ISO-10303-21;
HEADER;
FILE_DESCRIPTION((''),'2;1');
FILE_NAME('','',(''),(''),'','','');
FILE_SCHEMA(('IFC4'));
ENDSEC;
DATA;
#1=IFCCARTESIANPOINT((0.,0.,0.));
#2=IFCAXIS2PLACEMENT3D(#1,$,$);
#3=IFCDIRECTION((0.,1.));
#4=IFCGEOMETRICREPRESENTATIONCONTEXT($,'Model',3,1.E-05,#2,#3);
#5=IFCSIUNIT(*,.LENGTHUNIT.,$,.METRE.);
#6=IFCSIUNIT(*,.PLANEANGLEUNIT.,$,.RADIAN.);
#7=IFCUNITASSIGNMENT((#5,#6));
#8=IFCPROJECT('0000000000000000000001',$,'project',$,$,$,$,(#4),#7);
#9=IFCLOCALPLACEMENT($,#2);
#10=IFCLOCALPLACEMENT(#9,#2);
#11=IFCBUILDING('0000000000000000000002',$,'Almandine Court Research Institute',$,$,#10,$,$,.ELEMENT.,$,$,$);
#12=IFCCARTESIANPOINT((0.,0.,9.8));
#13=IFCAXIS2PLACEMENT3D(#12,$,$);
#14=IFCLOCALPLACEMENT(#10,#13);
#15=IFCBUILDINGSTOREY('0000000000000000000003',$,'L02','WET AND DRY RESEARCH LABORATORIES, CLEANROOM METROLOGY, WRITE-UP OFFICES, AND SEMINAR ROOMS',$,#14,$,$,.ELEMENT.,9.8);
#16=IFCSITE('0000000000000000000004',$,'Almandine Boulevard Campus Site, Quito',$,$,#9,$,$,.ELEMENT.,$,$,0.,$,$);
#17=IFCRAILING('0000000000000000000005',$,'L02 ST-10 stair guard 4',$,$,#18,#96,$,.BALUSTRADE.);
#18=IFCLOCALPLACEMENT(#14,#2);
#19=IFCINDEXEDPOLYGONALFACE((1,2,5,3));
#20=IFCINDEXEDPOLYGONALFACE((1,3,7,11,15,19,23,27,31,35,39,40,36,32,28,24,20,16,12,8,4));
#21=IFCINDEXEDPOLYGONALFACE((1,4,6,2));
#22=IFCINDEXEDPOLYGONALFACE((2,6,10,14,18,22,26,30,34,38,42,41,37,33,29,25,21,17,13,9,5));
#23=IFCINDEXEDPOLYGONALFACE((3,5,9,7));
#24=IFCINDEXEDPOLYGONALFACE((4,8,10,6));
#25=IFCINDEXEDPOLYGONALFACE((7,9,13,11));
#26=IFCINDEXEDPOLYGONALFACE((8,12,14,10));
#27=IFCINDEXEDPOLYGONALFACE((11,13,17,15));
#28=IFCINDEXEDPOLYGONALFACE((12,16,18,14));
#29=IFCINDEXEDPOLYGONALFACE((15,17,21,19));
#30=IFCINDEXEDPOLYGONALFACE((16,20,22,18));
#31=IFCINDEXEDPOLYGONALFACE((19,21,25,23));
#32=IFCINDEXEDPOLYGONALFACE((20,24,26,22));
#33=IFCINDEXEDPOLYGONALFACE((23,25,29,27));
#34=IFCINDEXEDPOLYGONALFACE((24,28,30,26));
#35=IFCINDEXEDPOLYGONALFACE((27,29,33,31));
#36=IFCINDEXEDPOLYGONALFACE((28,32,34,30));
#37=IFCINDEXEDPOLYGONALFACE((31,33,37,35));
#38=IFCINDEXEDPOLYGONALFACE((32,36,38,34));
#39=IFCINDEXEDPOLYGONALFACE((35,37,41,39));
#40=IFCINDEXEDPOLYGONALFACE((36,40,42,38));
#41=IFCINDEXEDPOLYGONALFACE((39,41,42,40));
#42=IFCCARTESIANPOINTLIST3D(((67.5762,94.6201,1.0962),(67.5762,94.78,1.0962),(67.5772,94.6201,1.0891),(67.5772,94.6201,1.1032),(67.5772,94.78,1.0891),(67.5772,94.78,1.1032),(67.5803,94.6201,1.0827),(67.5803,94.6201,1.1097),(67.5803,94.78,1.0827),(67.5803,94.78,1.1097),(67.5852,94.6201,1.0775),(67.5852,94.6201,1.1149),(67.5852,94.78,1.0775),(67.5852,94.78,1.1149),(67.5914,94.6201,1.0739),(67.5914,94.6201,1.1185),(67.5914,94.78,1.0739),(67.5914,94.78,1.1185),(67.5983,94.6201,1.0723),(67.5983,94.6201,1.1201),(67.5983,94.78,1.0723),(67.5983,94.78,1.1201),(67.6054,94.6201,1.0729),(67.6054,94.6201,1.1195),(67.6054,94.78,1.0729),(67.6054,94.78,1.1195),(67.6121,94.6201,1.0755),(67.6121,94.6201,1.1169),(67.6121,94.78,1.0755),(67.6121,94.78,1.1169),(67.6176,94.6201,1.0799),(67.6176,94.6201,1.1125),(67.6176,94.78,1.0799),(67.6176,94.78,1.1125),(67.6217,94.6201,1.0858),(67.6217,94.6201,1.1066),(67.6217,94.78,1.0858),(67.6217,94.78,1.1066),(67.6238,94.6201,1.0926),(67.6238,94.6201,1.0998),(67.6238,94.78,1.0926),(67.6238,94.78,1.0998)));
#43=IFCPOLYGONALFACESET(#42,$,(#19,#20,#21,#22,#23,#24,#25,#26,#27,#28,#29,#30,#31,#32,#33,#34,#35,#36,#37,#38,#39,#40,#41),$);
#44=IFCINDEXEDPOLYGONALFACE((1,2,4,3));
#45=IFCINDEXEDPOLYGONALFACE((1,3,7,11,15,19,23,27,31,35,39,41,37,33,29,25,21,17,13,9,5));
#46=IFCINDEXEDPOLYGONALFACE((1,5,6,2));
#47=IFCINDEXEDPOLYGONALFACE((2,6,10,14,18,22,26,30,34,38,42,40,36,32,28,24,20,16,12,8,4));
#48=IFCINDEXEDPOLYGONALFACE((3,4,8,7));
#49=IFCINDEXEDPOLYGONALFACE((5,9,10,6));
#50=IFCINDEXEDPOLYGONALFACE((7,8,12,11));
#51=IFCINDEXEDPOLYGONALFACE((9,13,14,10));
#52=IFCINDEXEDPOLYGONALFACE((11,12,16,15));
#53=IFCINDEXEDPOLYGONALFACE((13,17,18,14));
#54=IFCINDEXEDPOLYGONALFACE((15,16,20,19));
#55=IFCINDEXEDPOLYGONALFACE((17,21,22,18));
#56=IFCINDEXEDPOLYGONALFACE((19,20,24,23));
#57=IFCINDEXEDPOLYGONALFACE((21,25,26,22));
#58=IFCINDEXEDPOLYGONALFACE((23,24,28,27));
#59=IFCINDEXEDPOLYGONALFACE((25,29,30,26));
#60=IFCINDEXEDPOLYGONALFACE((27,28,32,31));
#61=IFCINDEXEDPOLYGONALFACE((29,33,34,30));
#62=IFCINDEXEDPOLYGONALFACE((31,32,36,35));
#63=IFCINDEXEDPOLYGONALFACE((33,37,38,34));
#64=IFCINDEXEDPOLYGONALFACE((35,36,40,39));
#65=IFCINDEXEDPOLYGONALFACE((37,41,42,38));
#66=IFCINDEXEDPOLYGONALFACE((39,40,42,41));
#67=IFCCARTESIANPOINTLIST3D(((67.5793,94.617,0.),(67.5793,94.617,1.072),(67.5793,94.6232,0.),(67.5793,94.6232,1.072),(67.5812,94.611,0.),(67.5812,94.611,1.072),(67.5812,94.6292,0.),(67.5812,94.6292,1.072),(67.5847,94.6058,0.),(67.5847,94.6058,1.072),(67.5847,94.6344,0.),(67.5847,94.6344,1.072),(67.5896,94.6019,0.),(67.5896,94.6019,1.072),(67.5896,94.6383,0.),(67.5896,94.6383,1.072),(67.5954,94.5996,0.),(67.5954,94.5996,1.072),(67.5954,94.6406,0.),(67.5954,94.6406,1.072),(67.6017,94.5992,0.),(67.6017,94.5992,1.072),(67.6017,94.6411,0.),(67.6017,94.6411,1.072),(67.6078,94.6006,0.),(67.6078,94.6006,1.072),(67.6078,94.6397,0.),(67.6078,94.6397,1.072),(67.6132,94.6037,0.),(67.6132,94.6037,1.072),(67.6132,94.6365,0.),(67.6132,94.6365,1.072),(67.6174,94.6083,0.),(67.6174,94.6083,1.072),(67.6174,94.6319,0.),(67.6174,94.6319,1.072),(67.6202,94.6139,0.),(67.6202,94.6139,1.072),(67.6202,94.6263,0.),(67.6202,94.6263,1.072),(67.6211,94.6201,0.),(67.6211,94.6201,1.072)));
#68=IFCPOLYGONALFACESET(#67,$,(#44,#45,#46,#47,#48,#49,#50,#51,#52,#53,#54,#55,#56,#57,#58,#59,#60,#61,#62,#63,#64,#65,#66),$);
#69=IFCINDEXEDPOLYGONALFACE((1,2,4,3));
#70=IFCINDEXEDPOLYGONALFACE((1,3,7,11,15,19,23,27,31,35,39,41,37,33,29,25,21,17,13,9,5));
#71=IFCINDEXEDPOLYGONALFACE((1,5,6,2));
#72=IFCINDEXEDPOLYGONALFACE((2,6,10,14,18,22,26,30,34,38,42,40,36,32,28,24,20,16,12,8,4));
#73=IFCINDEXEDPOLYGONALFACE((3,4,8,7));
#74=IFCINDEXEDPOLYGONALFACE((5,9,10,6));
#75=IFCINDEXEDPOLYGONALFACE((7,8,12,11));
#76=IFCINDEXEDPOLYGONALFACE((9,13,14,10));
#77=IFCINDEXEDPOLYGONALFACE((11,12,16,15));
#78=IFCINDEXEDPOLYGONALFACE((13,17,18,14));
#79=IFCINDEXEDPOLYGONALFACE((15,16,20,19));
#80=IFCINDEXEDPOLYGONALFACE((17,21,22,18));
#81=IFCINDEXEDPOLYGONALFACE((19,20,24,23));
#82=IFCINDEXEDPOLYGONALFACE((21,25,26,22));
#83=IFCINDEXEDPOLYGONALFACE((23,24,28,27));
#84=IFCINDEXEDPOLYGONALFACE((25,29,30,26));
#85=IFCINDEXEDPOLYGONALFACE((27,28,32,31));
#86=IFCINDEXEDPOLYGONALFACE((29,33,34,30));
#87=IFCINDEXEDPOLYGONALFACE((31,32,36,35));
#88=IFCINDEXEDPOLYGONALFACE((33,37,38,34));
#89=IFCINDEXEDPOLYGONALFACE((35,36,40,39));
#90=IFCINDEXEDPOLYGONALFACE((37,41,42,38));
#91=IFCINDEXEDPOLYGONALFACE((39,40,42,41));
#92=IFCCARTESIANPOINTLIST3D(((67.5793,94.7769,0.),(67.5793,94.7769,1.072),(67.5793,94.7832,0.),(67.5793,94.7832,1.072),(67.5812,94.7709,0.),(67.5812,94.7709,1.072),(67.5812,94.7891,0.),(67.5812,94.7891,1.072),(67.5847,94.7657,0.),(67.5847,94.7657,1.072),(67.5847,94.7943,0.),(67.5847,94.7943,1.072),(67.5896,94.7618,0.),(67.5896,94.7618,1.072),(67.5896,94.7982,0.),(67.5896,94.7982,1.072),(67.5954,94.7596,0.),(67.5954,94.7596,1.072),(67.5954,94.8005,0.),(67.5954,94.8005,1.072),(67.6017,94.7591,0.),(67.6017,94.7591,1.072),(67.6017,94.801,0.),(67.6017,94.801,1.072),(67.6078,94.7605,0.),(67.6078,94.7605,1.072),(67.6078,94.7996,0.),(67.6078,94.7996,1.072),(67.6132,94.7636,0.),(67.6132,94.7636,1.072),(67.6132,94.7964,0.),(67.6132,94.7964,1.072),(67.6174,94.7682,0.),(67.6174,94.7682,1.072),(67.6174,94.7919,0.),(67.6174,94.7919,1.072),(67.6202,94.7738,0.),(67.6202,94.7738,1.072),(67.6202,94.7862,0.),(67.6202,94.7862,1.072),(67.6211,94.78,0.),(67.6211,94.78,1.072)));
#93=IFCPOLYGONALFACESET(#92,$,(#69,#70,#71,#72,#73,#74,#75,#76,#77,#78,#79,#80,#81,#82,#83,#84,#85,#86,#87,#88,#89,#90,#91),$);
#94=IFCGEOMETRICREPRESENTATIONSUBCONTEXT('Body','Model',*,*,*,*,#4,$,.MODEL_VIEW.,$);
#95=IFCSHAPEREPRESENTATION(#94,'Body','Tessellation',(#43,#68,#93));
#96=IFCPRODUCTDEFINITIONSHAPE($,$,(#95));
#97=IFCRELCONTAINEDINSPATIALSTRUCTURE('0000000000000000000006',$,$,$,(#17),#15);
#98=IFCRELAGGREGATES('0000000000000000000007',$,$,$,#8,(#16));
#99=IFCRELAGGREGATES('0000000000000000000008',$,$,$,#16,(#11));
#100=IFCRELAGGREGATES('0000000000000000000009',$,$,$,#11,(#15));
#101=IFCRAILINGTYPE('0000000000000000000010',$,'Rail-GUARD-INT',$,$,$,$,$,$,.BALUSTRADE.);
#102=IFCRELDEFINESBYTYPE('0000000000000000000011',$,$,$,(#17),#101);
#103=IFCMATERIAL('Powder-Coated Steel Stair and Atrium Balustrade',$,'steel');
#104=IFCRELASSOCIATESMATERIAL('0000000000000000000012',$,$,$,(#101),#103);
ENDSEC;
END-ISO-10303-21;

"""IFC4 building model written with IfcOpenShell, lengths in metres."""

from ifc_helpers import new_model, si_unit, direction, frame, origin, origin_2d, place, context, subcontext, project, spatial, circle, extrude, material, type_object, element, save


model = new_model("IFC4")

# Units and contexts
model_context = context("Model", 3, precision=1e-05, world=origin(), true_north=direction((0.0, 1.0)))
body_context = subcontext(model_context, "Body", "Model", "MODEL_VIEW")
ifc_project = project(units=[si_unit("LENGTHUNIT", "METRE"), si_unit("PLANEANGLEUNIT", "RADIAN")], contexts=[model_context])

# Site, building, storey
site_placement = place(None, origin())
site = spatial("IfcSite", under=ifc_project, at=site_placement, Name="Almandine Boulevard Campus Site, Quito", CompositionType="ELEMENT", RefElevation=0.0)
building_placement = place(site_placement, origin())
building = spatial("IfcBuilding", under=site, at=building_placement, Name="Almandine Court Research Institute", CompositionType="ELEMENT")
storey_placement = place(building_placement, frame((0.0, 0.0, 9.8)))
storey = spatial("IfcBuildingStorey", under=building, at=storey_placement, Name="L02", Description="WET AND DRY RESEARCH LABORATORIES, CLEANROOM METROLOGY, WRITE-UP OFFICES, AND SEMINAR ROOMS", CompositionType="ELEMENT", Elevation=9.8)

# Railing
ifc_material_1 = material(Name="Powder-Coated Steel Stair and Atrium Balustrade", Category="steel")
railing_type_1 = type_object("IfcRailingType", Name="Rail-GUARD-INT", PredefinedType="BALUSTRADE", material=ifc_material_1)
railing_1_placement = place(storey_placement, frame((67.6001, 94.6201, 0.0)))
element("IfcRailing", 1, at=railing_1_placement, inside=storey, type_object=railing_type_1, Name="L02 ST-10 stair guard 4", PredefinedType="BALUSTRADE", context=body_context, shape_type="SweptSolid", body=[
    extrude(circle(Radius=0.0239, at=origin_2d()), frame((0.0, 0.0, 1.0962), z_axis=(0.0, 1.0, 0.0), x_axis=(-1.0, 0.0, 0.0)), (0.0, 0.0, 1.0), 0.1599),
    extrude(circle(Radius=0.021, at=origin_2d()), origin(), (0.0, 0.0, 1.0), 1.072),
    extrude(circle(Radius=0.021, at=origin_2d()), frame((0.0, 0.1599, 0.0)), (0.0, 0.0, 1.0), 1.072),
])

save(model, "model.ifc")
